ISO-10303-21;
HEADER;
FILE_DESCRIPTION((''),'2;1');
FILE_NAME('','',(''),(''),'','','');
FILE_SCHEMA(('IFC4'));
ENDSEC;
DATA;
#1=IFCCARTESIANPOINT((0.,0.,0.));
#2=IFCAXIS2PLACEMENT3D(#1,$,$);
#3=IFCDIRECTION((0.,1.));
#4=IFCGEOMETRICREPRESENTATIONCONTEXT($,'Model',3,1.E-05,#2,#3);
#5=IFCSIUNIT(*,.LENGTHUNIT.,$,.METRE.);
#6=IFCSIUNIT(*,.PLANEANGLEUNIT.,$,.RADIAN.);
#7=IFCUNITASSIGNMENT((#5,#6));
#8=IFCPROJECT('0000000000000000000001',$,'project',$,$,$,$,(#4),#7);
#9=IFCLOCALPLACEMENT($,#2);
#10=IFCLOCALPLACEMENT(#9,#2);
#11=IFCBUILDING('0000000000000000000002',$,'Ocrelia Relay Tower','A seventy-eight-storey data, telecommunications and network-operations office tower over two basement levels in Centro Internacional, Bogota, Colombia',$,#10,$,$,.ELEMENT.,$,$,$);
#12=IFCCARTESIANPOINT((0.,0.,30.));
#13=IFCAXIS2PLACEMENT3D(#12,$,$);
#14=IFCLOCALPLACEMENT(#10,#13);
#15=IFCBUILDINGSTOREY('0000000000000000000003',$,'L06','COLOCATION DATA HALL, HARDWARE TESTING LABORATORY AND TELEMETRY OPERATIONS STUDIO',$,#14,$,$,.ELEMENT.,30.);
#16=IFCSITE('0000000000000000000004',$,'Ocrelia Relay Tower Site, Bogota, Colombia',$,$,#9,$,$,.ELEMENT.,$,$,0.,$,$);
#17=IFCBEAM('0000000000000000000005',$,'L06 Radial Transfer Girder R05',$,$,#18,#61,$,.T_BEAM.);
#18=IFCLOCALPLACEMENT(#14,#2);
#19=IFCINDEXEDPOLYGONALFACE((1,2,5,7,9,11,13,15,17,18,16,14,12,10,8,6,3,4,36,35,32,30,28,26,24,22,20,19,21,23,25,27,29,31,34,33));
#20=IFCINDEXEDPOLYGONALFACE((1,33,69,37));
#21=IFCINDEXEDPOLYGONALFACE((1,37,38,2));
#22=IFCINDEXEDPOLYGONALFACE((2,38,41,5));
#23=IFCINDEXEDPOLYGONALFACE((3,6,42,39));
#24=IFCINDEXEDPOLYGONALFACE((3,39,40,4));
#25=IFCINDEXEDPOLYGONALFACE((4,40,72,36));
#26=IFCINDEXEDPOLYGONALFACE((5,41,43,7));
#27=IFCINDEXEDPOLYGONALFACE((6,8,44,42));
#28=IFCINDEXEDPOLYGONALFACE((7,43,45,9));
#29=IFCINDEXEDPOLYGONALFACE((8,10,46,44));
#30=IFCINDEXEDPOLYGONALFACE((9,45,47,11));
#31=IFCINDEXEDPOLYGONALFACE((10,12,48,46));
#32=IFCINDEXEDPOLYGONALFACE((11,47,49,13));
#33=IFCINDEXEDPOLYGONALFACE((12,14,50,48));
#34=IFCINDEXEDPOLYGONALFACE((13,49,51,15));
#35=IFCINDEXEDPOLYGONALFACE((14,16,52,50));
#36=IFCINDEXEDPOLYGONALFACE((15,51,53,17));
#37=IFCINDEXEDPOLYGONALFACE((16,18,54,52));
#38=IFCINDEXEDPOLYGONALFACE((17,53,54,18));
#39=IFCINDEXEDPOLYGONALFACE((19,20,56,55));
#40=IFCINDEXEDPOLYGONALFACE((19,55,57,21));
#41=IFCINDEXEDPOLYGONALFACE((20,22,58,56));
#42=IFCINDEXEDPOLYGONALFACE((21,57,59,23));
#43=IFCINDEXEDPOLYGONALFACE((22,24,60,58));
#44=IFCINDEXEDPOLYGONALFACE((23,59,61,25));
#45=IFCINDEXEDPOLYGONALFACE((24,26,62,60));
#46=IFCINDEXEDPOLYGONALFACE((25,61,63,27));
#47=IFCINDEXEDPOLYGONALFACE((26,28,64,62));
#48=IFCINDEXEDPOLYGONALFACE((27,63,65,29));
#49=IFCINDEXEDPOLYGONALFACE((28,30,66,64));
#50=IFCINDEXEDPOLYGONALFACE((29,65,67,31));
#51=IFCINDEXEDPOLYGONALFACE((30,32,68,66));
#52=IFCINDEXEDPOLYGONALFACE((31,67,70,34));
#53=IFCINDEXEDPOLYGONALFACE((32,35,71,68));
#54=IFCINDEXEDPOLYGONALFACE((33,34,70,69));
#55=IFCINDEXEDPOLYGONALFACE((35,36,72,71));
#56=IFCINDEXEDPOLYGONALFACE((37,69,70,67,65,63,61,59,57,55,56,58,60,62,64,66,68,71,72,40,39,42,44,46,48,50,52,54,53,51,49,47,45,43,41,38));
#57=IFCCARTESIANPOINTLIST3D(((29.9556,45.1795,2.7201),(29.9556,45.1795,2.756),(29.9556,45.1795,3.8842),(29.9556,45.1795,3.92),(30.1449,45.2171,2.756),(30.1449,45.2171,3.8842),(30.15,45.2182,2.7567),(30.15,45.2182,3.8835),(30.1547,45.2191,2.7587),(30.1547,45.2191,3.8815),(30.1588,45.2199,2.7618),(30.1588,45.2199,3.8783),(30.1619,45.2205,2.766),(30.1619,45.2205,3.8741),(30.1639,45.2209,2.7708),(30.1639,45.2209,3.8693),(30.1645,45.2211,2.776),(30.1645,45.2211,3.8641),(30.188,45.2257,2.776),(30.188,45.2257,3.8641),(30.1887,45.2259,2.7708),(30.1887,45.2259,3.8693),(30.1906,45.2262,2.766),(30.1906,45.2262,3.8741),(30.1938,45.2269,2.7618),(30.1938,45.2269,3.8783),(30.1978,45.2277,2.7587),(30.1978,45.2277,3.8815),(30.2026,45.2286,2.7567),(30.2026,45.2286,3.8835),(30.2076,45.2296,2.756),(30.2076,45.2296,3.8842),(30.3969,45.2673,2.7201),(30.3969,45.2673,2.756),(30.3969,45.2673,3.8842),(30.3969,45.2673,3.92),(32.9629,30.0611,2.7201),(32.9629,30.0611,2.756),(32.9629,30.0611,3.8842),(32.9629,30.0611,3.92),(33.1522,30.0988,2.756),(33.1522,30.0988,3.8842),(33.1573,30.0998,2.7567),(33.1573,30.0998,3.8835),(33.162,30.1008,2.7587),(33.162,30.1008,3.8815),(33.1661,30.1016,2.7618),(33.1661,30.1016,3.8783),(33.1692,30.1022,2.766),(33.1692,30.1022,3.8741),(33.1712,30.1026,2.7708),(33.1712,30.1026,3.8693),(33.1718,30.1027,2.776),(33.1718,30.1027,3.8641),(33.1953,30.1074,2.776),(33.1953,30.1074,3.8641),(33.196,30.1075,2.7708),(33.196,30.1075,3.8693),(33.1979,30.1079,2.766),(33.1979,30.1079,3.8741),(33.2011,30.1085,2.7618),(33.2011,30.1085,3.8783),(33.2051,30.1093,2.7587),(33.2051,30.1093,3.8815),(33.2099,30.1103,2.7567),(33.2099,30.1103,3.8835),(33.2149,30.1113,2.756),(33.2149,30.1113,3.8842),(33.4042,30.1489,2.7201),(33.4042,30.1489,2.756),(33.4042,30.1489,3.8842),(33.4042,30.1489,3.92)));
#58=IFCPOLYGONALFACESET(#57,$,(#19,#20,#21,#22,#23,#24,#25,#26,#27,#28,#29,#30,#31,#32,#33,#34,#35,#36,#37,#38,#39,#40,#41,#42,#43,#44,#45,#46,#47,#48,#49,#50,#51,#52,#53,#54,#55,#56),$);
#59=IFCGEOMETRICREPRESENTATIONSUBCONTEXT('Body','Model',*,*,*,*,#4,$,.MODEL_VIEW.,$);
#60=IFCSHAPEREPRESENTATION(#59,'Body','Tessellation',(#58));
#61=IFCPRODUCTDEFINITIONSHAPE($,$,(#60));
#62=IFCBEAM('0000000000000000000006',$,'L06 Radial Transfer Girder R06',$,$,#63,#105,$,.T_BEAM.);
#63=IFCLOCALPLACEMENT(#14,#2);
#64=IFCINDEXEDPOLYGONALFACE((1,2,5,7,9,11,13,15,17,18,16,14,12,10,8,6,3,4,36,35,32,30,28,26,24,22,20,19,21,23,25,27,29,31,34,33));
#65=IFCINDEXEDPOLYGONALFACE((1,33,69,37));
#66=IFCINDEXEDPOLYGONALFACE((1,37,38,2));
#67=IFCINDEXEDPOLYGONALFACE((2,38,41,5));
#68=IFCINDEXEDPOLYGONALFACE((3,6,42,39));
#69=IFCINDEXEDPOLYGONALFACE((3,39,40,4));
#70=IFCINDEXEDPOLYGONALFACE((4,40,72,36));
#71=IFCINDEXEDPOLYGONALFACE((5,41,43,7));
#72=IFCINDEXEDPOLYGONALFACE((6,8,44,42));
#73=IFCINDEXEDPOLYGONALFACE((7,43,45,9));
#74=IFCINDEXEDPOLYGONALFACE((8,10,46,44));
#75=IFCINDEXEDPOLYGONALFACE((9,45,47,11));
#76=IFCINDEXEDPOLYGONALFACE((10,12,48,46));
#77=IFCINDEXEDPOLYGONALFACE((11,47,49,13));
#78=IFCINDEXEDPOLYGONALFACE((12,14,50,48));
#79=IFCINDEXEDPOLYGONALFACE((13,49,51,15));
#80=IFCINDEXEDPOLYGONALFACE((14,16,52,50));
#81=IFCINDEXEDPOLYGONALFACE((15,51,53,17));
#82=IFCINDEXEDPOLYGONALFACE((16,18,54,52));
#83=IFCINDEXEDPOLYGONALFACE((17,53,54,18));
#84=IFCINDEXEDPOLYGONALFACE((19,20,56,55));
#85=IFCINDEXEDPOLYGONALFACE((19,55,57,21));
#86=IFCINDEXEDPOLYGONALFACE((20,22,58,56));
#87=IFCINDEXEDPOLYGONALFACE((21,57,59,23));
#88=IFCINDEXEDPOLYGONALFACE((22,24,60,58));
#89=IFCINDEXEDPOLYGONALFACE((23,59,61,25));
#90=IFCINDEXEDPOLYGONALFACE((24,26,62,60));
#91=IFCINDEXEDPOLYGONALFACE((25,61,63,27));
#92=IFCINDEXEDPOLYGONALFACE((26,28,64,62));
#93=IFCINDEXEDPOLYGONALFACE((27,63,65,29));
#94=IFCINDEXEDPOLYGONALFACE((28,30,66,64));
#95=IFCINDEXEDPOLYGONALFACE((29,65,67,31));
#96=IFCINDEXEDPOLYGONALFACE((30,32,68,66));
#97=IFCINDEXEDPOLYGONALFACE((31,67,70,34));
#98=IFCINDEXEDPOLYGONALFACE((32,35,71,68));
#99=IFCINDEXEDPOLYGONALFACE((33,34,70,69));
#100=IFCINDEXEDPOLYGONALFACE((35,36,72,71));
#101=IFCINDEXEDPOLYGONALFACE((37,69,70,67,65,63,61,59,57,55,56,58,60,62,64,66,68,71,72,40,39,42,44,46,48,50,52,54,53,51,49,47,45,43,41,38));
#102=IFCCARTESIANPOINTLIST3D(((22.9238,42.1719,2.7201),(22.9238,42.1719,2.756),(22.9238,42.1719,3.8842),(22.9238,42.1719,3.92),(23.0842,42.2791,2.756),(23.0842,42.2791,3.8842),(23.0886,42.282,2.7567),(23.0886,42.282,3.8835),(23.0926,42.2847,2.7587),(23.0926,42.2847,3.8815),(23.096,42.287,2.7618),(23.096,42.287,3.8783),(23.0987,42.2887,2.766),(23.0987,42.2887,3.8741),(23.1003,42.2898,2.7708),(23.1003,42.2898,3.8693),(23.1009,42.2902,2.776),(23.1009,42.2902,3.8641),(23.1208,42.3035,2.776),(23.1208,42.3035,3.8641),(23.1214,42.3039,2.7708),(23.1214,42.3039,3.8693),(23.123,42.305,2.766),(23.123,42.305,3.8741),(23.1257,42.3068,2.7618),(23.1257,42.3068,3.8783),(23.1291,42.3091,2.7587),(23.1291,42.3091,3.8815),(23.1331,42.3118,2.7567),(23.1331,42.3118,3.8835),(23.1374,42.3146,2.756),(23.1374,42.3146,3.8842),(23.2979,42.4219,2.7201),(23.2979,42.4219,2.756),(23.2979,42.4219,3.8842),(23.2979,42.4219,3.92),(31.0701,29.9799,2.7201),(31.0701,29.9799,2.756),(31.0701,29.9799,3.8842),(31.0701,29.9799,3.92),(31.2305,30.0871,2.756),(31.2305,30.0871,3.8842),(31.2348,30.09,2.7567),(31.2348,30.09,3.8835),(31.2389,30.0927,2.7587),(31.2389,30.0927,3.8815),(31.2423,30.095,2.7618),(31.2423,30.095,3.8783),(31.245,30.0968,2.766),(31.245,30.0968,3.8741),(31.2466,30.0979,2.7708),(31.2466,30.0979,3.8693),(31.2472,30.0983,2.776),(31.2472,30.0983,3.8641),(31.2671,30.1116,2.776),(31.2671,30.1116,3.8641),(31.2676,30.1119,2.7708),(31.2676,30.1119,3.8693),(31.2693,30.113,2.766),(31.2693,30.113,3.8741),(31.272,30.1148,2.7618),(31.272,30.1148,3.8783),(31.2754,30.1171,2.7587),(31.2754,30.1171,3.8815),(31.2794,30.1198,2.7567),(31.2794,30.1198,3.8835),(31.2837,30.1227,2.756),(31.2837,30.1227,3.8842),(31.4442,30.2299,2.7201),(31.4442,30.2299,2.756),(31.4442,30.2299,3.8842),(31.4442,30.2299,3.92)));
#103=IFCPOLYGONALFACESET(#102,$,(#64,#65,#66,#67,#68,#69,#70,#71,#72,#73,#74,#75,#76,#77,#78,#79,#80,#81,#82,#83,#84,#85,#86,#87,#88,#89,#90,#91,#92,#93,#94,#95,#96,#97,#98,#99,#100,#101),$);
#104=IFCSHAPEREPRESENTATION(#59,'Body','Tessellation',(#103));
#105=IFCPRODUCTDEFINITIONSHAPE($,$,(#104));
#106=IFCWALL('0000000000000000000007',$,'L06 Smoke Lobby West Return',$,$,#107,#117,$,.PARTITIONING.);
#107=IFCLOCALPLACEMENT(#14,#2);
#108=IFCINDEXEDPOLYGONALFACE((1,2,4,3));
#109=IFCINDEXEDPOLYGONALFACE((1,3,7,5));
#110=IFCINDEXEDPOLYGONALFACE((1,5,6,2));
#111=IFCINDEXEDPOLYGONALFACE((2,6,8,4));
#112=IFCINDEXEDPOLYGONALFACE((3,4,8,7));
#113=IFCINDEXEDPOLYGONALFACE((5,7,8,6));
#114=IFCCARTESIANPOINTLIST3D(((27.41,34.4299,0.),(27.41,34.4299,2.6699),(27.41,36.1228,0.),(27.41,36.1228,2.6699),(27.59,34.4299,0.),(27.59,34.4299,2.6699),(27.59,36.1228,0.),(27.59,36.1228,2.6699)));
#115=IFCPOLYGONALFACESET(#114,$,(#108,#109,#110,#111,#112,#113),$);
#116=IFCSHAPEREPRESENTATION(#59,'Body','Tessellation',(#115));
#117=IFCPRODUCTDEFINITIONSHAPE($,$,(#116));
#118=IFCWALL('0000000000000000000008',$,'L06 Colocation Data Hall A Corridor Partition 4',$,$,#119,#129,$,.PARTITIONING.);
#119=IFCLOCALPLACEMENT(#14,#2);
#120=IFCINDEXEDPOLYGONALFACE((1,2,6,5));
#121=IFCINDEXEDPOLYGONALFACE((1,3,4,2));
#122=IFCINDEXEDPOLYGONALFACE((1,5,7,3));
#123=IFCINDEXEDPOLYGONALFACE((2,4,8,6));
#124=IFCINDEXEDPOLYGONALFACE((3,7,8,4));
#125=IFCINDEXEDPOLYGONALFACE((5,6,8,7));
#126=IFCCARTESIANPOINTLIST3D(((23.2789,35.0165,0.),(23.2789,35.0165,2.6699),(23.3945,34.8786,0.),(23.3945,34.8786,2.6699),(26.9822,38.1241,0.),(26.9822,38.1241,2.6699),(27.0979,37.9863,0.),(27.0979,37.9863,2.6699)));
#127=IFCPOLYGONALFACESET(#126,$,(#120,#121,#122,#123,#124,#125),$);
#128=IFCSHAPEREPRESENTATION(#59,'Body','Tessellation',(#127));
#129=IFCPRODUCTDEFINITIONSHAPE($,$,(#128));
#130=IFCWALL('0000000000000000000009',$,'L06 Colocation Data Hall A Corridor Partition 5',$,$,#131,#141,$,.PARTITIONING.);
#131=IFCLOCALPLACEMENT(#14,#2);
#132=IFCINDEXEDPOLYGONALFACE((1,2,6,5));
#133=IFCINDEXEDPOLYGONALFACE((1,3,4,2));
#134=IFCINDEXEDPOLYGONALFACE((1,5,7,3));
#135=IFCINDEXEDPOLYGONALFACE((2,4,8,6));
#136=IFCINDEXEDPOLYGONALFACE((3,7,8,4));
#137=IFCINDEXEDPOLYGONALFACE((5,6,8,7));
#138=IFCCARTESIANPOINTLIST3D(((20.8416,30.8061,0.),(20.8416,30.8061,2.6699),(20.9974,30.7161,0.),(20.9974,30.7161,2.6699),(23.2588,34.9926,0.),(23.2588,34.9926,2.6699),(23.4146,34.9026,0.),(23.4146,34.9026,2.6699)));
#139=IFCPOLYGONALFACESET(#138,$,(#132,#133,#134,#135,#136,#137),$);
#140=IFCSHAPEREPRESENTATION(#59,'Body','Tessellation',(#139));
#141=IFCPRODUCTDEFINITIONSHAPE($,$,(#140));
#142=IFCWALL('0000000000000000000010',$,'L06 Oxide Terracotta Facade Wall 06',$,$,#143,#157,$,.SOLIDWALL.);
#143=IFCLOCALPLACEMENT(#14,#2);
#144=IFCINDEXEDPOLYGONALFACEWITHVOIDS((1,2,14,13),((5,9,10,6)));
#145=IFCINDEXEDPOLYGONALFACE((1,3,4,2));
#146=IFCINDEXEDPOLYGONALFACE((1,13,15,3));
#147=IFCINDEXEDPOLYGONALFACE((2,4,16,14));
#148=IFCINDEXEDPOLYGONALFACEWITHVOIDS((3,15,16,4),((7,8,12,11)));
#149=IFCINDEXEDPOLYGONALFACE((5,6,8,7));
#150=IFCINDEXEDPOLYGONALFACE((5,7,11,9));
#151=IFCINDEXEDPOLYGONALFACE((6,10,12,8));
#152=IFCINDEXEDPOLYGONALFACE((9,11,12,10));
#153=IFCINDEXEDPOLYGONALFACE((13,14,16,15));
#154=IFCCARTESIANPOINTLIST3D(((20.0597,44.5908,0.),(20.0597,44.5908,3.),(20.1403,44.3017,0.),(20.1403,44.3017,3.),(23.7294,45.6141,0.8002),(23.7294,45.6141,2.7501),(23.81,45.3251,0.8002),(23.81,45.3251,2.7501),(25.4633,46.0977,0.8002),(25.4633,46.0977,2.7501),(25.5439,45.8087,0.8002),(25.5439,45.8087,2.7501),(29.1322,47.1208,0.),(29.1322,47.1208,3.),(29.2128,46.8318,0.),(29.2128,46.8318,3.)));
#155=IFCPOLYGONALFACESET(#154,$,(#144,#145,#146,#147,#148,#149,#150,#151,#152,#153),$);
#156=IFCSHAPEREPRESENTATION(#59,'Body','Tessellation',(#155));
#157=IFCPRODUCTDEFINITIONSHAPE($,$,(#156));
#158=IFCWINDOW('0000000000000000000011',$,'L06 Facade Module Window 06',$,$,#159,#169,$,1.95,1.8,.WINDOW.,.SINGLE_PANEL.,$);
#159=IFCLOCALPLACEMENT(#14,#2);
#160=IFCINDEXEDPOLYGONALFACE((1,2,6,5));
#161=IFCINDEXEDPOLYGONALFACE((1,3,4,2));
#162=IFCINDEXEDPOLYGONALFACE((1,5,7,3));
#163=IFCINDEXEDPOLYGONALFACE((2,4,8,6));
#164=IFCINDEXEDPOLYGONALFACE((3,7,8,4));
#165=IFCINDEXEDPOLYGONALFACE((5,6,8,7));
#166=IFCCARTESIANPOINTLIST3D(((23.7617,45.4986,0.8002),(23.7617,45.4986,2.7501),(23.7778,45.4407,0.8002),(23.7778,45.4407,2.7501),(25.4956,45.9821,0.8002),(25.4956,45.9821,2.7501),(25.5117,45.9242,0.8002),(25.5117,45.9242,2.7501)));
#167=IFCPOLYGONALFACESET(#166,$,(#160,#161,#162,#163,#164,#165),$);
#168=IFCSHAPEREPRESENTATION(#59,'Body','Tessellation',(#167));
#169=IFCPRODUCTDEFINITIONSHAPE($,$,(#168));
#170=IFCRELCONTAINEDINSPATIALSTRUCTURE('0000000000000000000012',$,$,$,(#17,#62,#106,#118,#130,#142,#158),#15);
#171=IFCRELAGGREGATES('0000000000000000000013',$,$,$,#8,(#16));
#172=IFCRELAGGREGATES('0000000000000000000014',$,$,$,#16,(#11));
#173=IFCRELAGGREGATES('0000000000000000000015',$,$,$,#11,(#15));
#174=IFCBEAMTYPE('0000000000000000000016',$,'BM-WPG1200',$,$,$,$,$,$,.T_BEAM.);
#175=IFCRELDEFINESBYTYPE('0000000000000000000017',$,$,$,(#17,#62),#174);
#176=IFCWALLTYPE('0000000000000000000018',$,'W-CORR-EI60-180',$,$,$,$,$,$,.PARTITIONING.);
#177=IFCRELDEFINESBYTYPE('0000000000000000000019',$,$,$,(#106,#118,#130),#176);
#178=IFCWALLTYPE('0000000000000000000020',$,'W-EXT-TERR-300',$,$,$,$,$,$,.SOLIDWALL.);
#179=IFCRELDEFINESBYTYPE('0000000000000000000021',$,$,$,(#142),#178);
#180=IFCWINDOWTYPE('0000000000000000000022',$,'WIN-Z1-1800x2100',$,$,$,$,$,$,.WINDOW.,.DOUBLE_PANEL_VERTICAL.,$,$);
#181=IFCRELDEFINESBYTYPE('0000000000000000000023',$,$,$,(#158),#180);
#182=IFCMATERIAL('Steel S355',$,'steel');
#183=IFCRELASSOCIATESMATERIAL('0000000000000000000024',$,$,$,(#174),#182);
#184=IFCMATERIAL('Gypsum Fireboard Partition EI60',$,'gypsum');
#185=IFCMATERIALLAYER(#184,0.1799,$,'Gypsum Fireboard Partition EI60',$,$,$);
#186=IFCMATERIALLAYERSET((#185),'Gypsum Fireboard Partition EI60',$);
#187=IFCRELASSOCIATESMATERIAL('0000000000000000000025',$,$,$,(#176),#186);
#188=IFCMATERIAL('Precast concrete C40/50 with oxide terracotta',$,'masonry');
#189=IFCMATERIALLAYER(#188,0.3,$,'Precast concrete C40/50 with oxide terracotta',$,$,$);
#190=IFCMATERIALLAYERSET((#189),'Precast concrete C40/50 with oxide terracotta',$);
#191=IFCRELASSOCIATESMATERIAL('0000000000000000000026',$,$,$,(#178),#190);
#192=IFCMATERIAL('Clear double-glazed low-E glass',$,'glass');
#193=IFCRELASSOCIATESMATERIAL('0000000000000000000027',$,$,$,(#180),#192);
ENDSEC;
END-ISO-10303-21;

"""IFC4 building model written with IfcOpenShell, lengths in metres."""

from ifc_helpers import new_model, si_unit, direction, frame, frame_2d, origin, origin_2d, place, context, subcontext, project, spatial, rectangle, i_section, extrude, material, layer, layer_set, material_profile, profile_set, type_object, element, fill, save


model = new_model("IFC4")

# Units and contexts
model_context = context("Model", 3, precision=1e-05, world=origin(), true_north=direction((0.0, 1.0)))
body_context = subcontext(model_context, "Body", "Model", "MODEL_VIEW")
ifc_project = project(units=[si_unit("LENGTHUNIT", "METRE"), si_unit("PLANEANGLEUNIT", "RADIAN")], contexts=[model_context])

# Site, building, storey
site_placement = place(None, origin())
site = spatial("IfcSite", under=ifc_project, at=site_placement, Name="Ocrelia Relay Tower Site, Bogota, Colombia", CompositionType="ELEMENT", RefElevation=0.0)
building_placement = place(site_placement, origin())
building = spatial("IfcBuilding", under=site, at=building_placement, Name="Ocrelia Relay Tower", Description="A seventy-eight-storey data, telecommunications and network-operations office tower over two basement levels in Centro Internacional, Bogota, Colombia", CompositionType="ELEMENT")
storey_placement = place(building_placement, frame((0.0, 0.0, 30.0)))
storey = spatial("IfcBuildingStorey", under=building, at=storey_placement, Name="L06", Description="COLOCATION DATA HALL, HARDWARE TESTING LABORATORY AND TELEMETRY OPERATIONS STUDIO", CompositionType="ELEMENT", Elevation=30.0)

# Beams
ifc_material_1 = material(Name="Steel S355", Category="steel")
ifc_material_profile_1 = material_profile(ifc_material_1, i_section(OverallWidth=0.45, OverallDepth=1.2, WebThickness=0.0239, FlangeThickness=0.0359, FilletRadius=0.02, at=origin_2d()), Name="WPG 1200x450")
ifc_profile_set_1 = profile_set([ifc_material_profile_1], Name="Steel S355")
beam_type_1 = type_object("IfcBeamType", Name="BM-WPG1200", PredefinedType="T_BEAM", material=ifc_profile_set_1)
beam_1_placement = place(storey_placement, frame((30.1763, 45.2234, 3.3201), z_axis=(0.195096, -0.980784, 0.0), x_axis=(0.980784, 0.195096, 0.0)))
element("IfcBeam", 1, at=beam_1_placement, inside=storey, type_object=beam_type_1, Name="L06 Radial Transfer Girder R05", PredefinedType="T_BEAM", context=body_context, shape_type="SweptSolid", body=[
    extrude(i_section(OverallWidth=0.45, OverallDepth=1.2, WebThickness=0.0239, FlangeThickness=0.0359, FilletRadius=0.02, at=origin_2d()), origin(), (0.0, 0.0, 1.0), 15.4146),
])
beam_2_placement = place(storey_placement, frame((23.1108, 42.2969, 3.3201), z_axis=(0.555564, -0.831473, 0.0), x_axis=(0.831473, 0.555564, 0.0)))
element("IfcBeam", 2, at=beam_2_placement, inside=storey, type_object=beam_type_1, Name="L06 Radial Transfer Girder R06", PredefinedType="T_BEAM", context=body_context, shape_type="SweptSolid", body=[
    extrude(i_section(OverallWidth=0.45, OverallDepth=1.2, WebThickness=0.0239, FlangeThickness=0.0359, FilletRadius=0.02, at=origin_2d()), origin(), (0.0, 0.0, 1.0), 14.6631),
])

# Wall
ifc_material_2 = material(Name="Gypsum Fireboard Partition EI60", Category="gypsum")
ifc_layer_1 = layer(ifc_material_2, 0.1799, Name="Gypsum Fireboard Partition EI60")
ifc_layer_set_1 = layer_set([ifc_layer_1], Name="Gypsum Fireboard Partition EI60")
wall_type_1 = type_object("IfcWallType", Name="W-CORR-EI60-180", PredefinedType="PARTITIONING", material=ifc_layer_set_1)
wall_1_placement = place(storey_placement, frame((27.5, 34.4299, 0.0), z_axis=(0.0, 0.0, 1.0), x_axis=(0.0, 1.0, 0.0)))
element("IfcWall", 3, at=wall_1_placement, inside=storey, type_object=wall_type_1, Name="L06 Smoke Lobby West Return", PredefinedType="PARTITIONING", context=body_context, shape_type="SweptSolid", body=[
    extrude(rectangle(XDim=1.6929, YDim=0.1799, at=frame_2d((0.8464, 0.0))), origin(), (0.0, 0.0, 1.0), 2.6699),
])

# Walls
wall_2_placement = place(storey_placement, frame((27.04, 38.0552, 0.0), z_axis=(0.0, 0.0, 1.0), x_axis=(-0.766027, -0.642808, 0.0)))
element("IfcWall", 4, at=wall_2_placement, inside=storey, type_object=wall_type_1, Name="L06 Colocation Data Hall A Corridor Partition 4", PredefinedType="PARTITIONING", context=body_context, shape_type="SweptSolid", body=[
    extrude(rectangle(XDim=4.8345, YDim=0.1799, at=frame_2d((2.4172, 0.0))), origin(), (0.0, 0.0, 1.0), 2.6699),
])
wall_3_placement = place(storey_placement, frame((23.3367, 34.9475, 0.0), z_axis=(0.0, 0.0, 1.0), x_axis=(-0.500023, -0.866012, 0.0)))
element("IfcWall", 5, at=wall_3_placement, inside=storey, type_object=wall_type_1, Name="L06 Colocation Data Hall A Corridor Partition 5", PredefinedType="PARTITIONING", context=body_context, shape_type="SweptSolid", body=[
    extrude(rectangle(XDim=4.8342, YDim=0.1799, at=frame_2d((2.417, 0.0))), origin(), (0.0, 0.0, 1.0), 2.6699),
])

# Wall, opening, window
ifc_material_3 = material(Name="Precast concrete C40/50 with oxide terracotta", Category="masonry")
ifc_layer_2 = layer(ifc_material_3, 0.3, Name="Precast concrete C40/50 with oxide terracotta")
ifc_layer_set_2 = layer_set([ifc_layer_2], Name="Precast concrete C40/50 with oxide terracotta")
wall_type_2 = type_object("IfcWallType", Name="W-EXT-TERR-300", PredefinedType="SOLIDWALL", material=ifc_layer_set_2)
wall_4_placement = place(storey_placement, frame((29.1726, 46.9763, 0.0), z_axis=(0.0, 0.0, 1.0), x_axis=(-0.963247, -0.268618, 0.0)))
wall_4 = element("IfcWall", 6, at=wall_4_placement, inside=storey, type_object=wall_type_2, Name="L06 Oxide Terracotta Facade Wall 06", PredefinedType="SOLIDWALL", context=body_context, shape_type="SweptSolid", body=[
    extrude(rectangle(XDim=9.4187, YDim=0.3, at=frame_2d((4.7095, 0.0))), origin(), (0.0, 0.0, 1.0), 3.0),
])
opening_1_placement = place(wall_4_placement, frame((3.8091, 0.0, 0.8)))
opening_1 = element("IfcOpeningElement", 7, at=opening_1_placement, cuts=wall_4, PredefinedType="OPENING", context=body_context, shape_type="SweptSolid", body=[
    extrude(rectangle(XDim=1.8, YDim=1.95, at=frame_2d((0.8999, 0.9751))), frame((0.0, 0.1602, 0.0), z_axis=(0.0, -1.0, 0.0), x_axis=(1.0, 0.0, 0.0)), (0.0, 0.0, 1.0), 0.3201),
])
ifc_material_4 = material(Name="Clear double-glazed low-E glass", Category="glass")
window_type = type_object("IfcWindowType", Name="WIN-Z1-1800x2100", PartitioningType="DOUBLE_PANEL_VERTICAL", PredefinedType="WINDOW", material=ifc_material_4)
window_1_placement = place(opening_1_placement, origin())
window_1 = element("IfcWindow", 8, at=window_1_placement, inside=storey, type_object=window_type, Name="L06 Facade Module Window 06", OverallHeight=1.95, OverallWidth=1.8, PartitioningType="SINGLE_PANEL", PredefinedType="WINDOW", context=body_context, shape_type="SweptSolid", body=[
    extrude(rectangle(XDim=1.8, YDim=1.95, at=frame_2d((0.8999, 0.9751))), frame((0.0, 0.03, 0.0), z_axis=(0.0, -1.0, 0.0), x_axis=(1.0, 0.0, 0.0)), (0.0, 0.0, 1.0), 0.0601),
])
fill(opening_1, window_1)

save(model, "model.ifc")
